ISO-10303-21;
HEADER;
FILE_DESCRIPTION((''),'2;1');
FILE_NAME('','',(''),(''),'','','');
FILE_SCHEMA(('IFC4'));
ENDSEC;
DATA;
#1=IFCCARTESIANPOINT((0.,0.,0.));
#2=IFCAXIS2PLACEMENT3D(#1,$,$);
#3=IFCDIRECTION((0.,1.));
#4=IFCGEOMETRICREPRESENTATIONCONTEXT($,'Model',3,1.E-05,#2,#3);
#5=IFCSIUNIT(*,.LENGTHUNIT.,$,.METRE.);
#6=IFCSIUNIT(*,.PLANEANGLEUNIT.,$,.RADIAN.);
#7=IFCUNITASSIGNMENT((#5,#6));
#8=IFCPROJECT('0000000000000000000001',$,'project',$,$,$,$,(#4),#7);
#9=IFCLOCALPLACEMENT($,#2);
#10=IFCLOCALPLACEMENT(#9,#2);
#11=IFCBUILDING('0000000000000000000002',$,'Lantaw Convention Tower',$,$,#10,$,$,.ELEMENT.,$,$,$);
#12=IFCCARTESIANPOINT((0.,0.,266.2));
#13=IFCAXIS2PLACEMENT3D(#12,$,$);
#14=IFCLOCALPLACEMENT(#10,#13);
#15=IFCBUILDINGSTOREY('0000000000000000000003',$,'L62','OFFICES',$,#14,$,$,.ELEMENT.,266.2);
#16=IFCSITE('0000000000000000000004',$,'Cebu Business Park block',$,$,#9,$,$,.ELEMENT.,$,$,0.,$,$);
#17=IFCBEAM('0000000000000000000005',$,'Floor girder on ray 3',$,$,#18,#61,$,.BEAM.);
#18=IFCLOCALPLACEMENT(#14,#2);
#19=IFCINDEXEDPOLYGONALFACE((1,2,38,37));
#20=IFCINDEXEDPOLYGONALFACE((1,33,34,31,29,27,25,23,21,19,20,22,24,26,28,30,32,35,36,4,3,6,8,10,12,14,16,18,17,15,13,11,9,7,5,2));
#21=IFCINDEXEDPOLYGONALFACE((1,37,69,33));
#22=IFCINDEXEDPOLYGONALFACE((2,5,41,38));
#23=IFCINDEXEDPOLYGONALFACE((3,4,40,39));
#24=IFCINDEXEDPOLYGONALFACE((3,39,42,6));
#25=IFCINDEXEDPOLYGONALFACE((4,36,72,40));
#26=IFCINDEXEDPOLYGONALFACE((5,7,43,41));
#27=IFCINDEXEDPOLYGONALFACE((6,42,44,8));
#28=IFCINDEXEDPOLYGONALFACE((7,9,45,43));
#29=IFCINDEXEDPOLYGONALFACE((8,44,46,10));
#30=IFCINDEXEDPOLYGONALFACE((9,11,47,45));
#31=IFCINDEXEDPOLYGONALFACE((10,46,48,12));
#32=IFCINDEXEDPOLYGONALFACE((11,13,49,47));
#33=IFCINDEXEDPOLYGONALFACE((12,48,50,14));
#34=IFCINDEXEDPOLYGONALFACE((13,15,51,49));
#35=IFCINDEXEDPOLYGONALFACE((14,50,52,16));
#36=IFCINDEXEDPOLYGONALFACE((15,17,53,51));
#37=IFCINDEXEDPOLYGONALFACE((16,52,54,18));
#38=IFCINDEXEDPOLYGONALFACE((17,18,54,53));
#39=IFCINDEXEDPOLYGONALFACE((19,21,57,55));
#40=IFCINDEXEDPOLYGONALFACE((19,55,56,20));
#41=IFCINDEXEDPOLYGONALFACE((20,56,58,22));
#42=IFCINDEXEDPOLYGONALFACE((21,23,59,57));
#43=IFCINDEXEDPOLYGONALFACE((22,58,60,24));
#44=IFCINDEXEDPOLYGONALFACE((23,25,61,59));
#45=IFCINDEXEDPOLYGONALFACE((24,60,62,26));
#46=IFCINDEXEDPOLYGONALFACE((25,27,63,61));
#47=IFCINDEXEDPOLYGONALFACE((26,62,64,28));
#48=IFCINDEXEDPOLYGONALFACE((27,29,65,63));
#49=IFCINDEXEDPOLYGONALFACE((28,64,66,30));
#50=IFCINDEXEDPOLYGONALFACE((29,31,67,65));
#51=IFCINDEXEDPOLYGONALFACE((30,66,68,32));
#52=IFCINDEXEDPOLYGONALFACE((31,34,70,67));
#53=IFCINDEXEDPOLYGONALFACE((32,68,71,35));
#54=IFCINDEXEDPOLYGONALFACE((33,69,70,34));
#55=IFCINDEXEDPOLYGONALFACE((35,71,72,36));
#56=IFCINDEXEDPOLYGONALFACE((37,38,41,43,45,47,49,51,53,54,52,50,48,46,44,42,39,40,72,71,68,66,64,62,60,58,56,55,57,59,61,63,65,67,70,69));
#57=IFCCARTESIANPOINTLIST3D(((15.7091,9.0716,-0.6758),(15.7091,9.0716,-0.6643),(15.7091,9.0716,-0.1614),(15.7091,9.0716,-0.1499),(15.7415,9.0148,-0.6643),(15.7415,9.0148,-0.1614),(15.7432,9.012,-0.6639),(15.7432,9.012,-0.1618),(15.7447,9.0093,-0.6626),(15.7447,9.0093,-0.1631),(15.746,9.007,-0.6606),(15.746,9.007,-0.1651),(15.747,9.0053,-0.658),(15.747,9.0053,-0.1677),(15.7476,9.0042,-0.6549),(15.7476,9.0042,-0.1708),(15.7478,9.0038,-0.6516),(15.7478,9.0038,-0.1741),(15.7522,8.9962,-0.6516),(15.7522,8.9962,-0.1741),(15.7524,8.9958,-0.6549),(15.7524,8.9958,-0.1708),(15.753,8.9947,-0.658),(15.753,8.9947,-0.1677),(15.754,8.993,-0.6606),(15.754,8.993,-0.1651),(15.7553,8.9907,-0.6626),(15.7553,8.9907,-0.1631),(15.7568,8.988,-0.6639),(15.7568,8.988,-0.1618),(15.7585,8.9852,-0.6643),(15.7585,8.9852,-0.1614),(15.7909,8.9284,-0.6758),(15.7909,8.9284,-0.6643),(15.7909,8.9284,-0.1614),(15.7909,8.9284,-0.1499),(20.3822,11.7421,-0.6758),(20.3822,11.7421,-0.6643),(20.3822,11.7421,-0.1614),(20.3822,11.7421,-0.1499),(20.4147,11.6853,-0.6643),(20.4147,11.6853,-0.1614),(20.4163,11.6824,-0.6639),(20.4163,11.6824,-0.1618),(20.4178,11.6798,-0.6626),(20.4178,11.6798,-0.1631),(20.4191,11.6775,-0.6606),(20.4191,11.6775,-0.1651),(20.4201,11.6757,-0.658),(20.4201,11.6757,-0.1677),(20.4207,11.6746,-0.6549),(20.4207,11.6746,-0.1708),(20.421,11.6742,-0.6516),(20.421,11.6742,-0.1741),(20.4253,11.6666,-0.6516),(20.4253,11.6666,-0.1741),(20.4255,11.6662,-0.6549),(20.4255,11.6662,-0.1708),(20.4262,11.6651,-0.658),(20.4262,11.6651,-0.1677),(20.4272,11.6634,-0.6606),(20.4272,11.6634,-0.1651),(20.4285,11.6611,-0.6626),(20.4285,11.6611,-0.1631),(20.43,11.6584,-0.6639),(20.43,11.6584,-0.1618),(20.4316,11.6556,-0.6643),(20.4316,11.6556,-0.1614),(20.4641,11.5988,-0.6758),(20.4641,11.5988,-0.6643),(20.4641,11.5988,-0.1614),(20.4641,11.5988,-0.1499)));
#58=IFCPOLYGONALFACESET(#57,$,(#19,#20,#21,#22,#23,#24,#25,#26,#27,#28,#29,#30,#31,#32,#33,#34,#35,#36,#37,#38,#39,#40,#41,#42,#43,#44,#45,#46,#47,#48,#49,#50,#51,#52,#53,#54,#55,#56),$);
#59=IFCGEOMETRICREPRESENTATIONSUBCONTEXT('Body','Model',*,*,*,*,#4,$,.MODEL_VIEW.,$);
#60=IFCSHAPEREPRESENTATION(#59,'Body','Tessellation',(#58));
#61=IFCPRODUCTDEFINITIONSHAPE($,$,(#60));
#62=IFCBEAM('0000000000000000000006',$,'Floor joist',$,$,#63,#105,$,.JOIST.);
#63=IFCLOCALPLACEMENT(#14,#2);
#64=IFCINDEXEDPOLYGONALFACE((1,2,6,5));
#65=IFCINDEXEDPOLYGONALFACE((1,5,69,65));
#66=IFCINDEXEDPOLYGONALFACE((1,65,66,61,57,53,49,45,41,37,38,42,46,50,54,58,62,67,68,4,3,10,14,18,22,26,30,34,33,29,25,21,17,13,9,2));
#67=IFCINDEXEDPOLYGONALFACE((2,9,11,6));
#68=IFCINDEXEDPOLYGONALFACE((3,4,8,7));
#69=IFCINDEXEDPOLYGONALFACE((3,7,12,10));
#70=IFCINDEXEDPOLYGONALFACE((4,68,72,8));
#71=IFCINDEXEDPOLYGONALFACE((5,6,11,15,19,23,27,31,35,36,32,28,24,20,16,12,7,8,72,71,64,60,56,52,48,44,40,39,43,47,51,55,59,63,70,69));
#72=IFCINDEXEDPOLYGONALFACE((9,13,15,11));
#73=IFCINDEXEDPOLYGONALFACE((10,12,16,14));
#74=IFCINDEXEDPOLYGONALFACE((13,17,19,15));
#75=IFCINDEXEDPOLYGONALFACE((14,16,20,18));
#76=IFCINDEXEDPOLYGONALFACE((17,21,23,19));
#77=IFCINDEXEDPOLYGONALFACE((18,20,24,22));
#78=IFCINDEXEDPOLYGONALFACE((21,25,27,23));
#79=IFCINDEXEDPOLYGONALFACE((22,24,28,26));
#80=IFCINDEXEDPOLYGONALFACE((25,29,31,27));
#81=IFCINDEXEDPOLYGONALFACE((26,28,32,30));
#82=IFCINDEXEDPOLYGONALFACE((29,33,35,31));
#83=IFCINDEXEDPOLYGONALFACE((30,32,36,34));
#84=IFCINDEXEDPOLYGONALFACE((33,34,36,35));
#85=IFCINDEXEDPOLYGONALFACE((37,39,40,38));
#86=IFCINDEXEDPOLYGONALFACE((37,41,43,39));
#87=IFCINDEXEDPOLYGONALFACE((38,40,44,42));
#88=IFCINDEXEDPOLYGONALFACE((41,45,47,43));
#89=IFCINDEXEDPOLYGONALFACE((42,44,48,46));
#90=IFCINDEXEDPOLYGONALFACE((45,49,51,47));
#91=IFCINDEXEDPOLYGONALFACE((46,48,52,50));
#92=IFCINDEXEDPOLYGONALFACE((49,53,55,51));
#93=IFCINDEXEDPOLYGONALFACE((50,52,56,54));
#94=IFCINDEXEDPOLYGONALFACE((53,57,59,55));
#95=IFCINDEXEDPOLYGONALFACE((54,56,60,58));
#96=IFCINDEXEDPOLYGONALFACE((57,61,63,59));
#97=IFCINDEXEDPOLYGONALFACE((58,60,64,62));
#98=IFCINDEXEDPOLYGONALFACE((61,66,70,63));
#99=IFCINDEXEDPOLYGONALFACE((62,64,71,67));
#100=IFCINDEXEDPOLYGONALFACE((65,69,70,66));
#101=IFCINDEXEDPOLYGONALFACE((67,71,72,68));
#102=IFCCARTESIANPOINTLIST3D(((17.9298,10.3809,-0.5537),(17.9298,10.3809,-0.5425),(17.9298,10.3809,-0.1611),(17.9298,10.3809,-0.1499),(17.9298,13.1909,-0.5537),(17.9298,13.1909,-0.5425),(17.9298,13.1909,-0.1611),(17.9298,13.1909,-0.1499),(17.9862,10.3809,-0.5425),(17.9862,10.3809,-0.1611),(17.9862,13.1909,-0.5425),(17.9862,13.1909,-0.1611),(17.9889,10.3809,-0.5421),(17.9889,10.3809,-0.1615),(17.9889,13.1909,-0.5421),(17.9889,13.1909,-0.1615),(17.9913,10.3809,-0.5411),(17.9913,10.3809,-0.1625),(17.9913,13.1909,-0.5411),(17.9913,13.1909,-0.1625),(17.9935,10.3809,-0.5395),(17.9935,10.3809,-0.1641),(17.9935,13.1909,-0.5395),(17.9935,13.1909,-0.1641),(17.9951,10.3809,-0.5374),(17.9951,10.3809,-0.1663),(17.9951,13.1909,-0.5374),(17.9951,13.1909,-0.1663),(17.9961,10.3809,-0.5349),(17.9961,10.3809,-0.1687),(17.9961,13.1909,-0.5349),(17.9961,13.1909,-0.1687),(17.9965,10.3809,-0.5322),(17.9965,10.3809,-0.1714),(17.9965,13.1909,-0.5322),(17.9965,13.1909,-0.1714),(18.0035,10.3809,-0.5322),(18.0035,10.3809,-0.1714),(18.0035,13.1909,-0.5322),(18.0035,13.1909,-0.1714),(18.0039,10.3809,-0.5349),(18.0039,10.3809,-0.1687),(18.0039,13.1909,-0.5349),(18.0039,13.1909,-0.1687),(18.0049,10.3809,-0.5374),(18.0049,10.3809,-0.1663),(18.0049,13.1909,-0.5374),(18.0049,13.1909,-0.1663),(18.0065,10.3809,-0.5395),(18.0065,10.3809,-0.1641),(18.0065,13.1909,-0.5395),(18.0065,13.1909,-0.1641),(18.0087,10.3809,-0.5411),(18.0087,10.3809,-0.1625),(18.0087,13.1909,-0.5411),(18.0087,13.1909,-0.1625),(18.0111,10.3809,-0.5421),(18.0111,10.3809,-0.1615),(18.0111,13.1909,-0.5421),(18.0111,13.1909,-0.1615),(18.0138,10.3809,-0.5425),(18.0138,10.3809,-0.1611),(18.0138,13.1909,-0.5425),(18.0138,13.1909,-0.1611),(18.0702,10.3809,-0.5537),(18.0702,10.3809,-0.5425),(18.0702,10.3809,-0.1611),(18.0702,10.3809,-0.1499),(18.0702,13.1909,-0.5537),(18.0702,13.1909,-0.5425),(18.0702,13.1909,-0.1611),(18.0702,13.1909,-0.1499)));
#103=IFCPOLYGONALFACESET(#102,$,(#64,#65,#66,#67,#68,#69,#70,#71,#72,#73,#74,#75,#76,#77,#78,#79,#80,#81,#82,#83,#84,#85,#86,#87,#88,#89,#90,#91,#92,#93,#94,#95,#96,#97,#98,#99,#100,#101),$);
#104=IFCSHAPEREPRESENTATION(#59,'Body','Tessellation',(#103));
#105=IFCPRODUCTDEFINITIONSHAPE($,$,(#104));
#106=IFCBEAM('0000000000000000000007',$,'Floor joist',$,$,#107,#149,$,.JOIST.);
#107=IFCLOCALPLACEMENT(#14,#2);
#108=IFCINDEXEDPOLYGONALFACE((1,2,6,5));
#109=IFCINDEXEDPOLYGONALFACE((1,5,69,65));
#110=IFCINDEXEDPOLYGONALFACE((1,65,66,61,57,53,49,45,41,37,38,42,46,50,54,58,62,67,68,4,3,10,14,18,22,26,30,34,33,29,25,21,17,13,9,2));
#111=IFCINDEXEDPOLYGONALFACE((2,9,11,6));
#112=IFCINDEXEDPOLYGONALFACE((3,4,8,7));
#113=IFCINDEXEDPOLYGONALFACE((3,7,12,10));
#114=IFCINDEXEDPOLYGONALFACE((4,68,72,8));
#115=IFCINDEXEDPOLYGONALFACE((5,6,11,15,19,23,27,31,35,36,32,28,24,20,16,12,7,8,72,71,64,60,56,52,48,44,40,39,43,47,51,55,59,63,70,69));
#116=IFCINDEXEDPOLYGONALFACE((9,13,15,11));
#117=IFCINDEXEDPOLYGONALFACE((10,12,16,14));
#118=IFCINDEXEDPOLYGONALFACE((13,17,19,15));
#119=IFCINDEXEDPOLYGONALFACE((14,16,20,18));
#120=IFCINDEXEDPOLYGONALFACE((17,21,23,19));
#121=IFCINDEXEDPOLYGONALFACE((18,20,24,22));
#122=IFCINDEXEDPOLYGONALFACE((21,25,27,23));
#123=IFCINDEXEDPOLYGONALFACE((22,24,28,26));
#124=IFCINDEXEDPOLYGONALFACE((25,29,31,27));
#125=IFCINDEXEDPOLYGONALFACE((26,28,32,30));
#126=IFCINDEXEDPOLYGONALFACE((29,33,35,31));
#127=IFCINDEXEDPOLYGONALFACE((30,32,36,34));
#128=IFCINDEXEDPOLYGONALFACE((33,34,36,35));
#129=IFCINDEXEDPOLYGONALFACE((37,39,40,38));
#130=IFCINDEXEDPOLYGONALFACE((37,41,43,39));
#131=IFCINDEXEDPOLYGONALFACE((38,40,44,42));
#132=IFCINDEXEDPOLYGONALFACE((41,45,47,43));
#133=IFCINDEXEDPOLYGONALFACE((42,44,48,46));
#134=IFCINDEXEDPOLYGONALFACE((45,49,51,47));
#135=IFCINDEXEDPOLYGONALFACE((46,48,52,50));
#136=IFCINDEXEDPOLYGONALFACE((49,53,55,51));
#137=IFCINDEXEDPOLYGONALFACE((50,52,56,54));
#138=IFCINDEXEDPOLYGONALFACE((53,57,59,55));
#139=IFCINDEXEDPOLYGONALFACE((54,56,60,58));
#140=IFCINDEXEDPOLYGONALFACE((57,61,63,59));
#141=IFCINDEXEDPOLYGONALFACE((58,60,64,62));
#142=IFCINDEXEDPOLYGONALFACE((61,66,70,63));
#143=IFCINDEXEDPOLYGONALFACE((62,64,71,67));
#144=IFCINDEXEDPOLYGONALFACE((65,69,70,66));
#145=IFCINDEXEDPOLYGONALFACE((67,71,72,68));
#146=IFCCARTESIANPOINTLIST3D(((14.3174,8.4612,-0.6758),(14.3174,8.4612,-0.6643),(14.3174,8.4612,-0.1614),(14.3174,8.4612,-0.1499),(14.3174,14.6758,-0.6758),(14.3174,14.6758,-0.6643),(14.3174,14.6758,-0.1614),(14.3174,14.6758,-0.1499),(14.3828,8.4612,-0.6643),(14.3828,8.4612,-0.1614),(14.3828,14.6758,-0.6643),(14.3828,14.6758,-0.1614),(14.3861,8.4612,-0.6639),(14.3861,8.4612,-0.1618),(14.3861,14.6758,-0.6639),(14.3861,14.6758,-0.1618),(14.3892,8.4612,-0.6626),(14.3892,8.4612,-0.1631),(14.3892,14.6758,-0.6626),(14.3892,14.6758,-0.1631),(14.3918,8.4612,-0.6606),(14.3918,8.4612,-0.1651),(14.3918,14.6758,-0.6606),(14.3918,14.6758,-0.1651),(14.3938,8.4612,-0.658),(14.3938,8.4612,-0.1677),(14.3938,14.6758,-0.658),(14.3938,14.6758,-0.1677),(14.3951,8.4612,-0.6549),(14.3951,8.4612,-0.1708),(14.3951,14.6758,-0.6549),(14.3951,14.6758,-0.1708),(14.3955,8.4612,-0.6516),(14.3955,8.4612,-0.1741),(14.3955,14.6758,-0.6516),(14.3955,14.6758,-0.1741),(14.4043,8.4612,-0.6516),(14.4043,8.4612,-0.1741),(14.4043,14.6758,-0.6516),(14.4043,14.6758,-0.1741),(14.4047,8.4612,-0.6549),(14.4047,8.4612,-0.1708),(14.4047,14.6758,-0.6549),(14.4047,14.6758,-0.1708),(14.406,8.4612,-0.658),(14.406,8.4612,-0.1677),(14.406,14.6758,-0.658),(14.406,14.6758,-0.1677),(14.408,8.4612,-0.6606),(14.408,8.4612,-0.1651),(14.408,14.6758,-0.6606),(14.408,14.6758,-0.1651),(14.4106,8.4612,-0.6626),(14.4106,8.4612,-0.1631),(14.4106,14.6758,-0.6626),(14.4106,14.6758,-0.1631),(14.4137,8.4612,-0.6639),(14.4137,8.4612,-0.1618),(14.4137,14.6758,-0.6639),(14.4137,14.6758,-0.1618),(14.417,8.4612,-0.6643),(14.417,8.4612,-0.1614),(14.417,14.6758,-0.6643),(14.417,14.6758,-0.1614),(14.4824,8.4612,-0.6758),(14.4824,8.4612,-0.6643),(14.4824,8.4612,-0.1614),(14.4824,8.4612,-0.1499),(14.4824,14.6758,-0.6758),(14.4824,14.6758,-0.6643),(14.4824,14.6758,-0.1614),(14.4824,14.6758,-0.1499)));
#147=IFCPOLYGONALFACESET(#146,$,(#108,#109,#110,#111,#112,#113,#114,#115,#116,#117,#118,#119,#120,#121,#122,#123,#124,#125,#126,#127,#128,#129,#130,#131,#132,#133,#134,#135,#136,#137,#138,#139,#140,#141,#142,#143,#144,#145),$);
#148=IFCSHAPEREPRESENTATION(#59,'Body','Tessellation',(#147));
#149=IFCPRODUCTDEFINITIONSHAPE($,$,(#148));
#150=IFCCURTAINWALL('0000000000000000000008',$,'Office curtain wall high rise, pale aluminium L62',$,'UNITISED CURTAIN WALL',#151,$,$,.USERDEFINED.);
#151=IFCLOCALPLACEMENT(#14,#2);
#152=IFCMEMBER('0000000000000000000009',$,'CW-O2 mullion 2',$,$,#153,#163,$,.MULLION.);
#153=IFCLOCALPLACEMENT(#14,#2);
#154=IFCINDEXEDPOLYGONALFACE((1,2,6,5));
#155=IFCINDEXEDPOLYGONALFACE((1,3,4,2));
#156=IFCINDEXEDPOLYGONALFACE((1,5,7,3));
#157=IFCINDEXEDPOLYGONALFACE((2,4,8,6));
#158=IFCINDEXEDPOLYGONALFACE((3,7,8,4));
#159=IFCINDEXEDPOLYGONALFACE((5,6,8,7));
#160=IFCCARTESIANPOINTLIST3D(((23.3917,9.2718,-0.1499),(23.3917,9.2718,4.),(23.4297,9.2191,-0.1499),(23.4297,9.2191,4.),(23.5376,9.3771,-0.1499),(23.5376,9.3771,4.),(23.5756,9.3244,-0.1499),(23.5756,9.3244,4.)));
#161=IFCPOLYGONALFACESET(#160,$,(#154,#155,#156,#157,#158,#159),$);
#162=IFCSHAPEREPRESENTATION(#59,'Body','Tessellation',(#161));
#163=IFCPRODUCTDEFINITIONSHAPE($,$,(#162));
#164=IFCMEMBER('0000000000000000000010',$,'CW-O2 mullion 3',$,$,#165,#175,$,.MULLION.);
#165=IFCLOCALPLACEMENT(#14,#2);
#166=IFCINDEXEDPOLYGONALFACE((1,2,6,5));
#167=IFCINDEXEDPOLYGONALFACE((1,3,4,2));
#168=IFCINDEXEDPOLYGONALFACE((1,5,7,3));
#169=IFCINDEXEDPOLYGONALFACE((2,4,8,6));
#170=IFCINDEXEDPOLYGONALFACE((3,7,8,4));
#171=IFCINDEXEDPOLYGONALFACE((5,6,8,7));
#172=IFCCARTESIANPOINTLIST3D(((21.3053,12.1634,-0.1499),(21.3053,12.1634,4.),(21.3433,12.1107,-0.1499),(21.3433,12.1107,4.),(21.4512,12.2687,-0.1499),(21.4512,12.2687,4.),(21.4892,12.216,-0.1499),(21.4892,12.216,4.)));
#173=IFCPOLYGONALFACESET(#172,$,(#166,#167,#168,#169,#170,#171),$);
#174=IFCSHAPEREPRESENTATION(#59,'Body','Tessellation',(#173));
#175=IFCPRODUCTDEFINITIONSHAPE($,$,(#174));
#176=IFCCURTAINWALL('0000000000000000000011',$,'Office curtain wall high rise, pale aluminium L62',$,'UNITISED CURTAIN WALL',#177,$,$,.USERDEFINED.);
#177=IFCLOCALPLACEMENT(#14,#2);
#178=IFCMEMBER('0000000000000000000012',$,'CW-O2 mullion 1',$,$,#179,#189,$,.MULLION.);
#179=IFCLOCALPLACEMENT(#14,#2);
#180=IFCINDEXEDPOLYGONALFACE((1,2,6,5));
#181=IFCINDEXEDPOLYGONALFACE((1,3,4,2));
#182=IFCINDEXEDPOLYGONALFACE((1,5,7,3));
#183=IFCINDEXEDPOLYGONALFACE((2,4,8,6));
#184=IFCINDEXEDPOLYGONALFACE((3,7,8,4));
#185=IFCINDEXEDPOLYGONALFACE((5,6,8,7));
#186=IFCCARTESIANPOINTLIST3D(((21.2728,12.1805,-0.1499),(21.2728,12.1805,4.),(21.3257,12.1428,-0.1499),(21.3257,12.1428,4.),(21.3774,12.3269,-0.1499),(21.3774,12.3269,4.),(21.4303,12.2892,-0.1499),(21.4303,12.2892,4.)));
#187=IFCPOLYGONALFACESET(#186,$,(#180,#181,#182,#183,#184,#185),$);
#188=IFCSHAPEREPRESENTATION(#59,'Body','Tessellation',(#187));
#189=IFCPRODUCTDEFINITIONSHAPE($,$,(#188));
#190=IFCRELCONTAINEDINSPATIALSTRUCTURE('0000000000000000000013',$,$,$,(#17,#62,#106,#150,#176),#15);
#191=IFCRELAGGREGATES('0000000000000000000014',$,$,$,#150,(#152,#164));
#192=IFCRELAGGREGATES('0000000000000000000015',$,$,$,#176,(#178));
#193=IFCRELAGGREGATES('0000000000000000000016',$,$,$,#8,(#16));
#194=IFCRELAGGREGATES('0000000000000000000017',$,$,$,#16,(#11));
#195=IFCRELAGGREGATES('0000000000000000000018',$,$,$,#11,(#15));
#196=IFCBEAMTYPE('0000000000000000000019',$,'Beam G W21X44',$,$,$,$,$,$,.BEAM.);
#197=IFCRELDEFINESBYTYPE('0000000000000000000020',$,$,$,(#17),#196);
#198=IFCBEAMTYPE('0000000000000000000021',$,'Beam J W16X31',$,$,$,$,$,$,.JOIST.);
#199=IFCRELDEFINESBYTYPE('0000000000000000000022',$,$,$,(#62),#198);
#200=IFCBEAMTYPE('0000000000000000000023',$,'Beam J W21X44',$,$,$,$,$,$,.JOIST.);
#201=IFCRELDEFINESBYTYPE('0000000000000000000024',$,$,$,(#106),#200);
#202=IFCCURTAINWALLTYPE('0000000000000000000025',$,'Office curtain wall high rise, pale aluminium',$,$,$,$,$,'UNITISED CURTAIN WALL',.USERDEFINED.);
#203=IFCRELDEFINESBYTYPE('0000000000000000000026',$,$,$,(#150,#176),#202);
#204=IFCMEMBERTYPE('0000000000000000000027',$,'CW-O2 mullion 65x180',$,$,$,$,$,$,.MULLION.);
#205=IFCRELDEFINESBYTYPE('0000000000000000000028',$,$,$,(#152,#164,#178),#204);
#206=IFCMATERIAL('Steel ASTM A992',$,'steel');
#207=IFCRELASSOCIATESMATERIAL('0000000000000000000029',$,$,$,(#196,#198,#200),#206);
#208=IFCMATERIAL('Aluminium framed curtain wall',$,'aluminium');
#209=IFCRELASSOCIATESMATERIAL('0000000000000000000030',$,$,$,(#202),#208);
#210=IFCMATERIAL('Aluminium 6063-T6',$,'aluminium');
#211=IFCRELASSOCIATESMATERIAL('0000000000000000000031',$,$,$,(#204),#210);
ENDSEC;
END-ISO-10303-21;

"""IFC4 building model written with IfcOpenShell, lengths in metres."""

from ifc_helpers import new_model, si_unit, direction, frame, origin, origin_2d, place, context, subcontext, project, spatial, rectangle, i_section, extrude, material, material_profile, profile_set, type_object, element, aggregate, save


model = new_model("IFC4")

# Units and contexts
model_context = context("Model", 3, precision=1e-05, world=origin(), true_north=direction((0.0, 1.0)))
body_context = subcontext(model_context, "Body", "Model", "MODEL_VIEW")
ifc_project = project(units=[si_unit("LENGTHUNIT", "METRE"), si_unit("PLANEANGLEUNIT", "RADIAN")], contexts=[model_context])

# Site, building, storey
site_placement = place(None, origin())
site = spatial("IfcSite", under=ifc_project, at=site_placement, Name="Cebu Business Park block", CompositionType="ELEMENT", RefElevation=0.0)
building_placement = place(site_placement, origin())
building = spatial("IfcBuilding", under=site, at=building_placement, Name="Lantaw Convention Tower", CompositionType="ELEMENT")
storey_placement = place(building_placement, frame((0.0, 0.0, 266.2)))
storey = spatial("IfcBuildingStorey", under=building, at=storey_placement, Name="L62", Description="OFFICES", CompositionType="ELEMENT", Elevation=266.2)

# Beams
ifc_material_1 = material(Name="Steel ASTM A992", Category="steel")
ifc_material_profile_1 = material_profile(ifc_material_1, i_section(OverallWidth=0.165, OverallDepth=0.5259, WebThickness=0.0088, FlangeThickness=0.0115, FilletRadius=0.0127, at=origin_2d()), Name="W21X44")
ifc_profile_set_1 = profile_set([ifc_material_profile_1], Name="Steel ASTM A992")
beam_type_1 = type_object("IfcBeamType", Name="Beam G W21X44", PredefinedType="BEAM", material=ifc_profile_set_1)
beam_1_placement = place(storey_placement, frame((15.75, 9.0, -0.4128), z_axis=(0.868238, 0.496149, 0.0), x_axis=(-0.496149, 0.868238, 0.0)))
element("IfcBeam", 1, at=beam_1_placement, inside=storey, type_object=beam_type_1, Name="Floor girder on ray 3", PredefinedType="BEAM", context=body_context, shape_type="SweptSolid", body=[
    extrude(i_section(OverallWidth=0.165, OverallDepth=0.5259, WebThickness=0.0088, FlangeThickness=0.0115, FilletRadius=0.0127, at=origin_2d()), origin(), (0.0, 0.0, 1.0), 5.3823),
])
ifc_material_profile_2 = material_profile(ifc_material_1, i_section(OverallWidth=0.1404, OverallDepth=0.4038, WebThickness=0.0071, FlangeThickness=0.0112, FilletRadius=0.0103, at=origin_2d()), Name="W16X31")
ifc_profile_set_2 = profile_set([ifc_material_profile_2], Name="Steel ASTM A992")
beam_type_2 = type_object("IfcBeamType", Name="Beam J W16X31", PredefinedType="JOIST", material=ifc_profile_set_2)
beam_2_placement = place(storey_placement, frame((18.0, 10.3809, -0.3518), z_axis=(0.0, 1.0, 0.0), x_axis=(-1.0, 0.0, 0.0)))
element("IfcBeam", 2, at=beam_2_placement, inside=storey, type_object=beam_type_2, Name="Floor joist", PredefinedType="JOIST", context=body_context, shape_type="SweptSolid", body=[
    extrude(i_section(OverallWidth=0.1404, OverallDepth=0.4038, WebThickness=0.0071, FlangeThickness=0.0112, FilletRadius=0.0103, at=origin_2d()), origin(), (0.0, 0.0, 1.0), 2.8101),
])
ifc_material_profile_3 = material_profile(ifc_material_1, i_section(OverallWidth=0.165, OverallDepth=0.5259, WebThickness=0.0088, FlangeThickness=0.0115, FilletRadius=0.0127, at=origin_2d()), Name="W21X44")
ifc_profile_set_3 = profile_set([ifc_material_profile_3], Name="Steel ASTM A992")
beam_type_3 = type_object("IfcBeamType", Name="Beam J W21X44", PredefinedType="JOIST", material=ifc_profile_set_3)
beam_3_placement = place(storey_placement, frame((14.3999, 8.4612, -0.4128), z_axis=(0.0, 1.0, 0.0), x_axis=(-1.0, 0.0, 0.0)))
element("IfcBeam", 3, at=beam_3_placement, inside=storey, type_object=beam_type_3, Name="Floor joist", PredefinedType="JOIST", context=body_context, shape_type="SweptSolid", body=[
    extrude(i_section(OverallWidth=0.165, OverallDepth=0.5259, WebThickness=0.0088, FlangeThickness=0.0115, FilletRadius=0.0127, at=origin_2d()), origin(), (0.0, 0.0, 1.0), 6.2146),
])

# Curtain walls, members
ifc_material_2 = material(Name="Aluminium framed curtain wall", Category="aluminium")
curtain_wall_type = type_object("IfcCurtainWallType", Name="Office curtain wall high rise, pale aluminium", ElementType="UNITISED CURTAIN WALL", PredefinedType="USERDEFINED", material=ifc_material_2)
curtain_wall_1_placement = place(storey_placement, origin())
curtain_wall_1 = element("IfcCurtainWall", 4, at=curtain_wall_1_placement, inside=storey, type_object=curtain_wall_type, Name="Office curtain wall high rise, pale aluminium L62", ObjectType="UNITISED CURTAIN WALL", PredefinedType="USERDEFINED")
ifc_material_3 = material(Name="Aluminium 6063-T6", Category="aluminium")
ifc_material_profile_4 = material_profile(ifc_material_3, rectangle(XDim=0.1799, YDim=0.0649, at=origin_2d()), Name="CW-O2 mullion 65x180")
ifc_profile_set_4 = profile_set([ifc_material_profile_4], Name="Aluminium 6063-T6")
member_type_1 = type_object("IfcMemberType", Name="CW-O2 mullion 65x180", PredefinedType="MULLION", material=ifc_profile_set_4)
member_1_placement = place(storey_placement, frame((23.4836, 9.2981, -0.1499), z_axis=(0.0, 0.0, 1.0), x_axis=(-0.81092, -0.585158, 0.0)))
member_1 = element("IfcMember", 5, at=member_1_placement, type_object=member_type_1, Name="CW-O2 mullion 2", PredefinedType="MULLION", context=body_context, shape_type="SweptSolid", body=[
    extrude(rectangle(XDim=0.1799, YDim=0.0649, at=origin_2d()), origin(), (0.0, 0.0, 1.0), 4.1499),
])
member_2_placement = place(storey_placement, frame((21.3972, 12.1897, -0.1499), z_axis=(0.0, 0.0, 1.0), x_axis=(-0.81092, -0.585158, 0.0)))
member_2 = element("IfcMember", 6, at=member_2_placement, type_object=member_type_1, Name="CW-O2 mullion 3", PredefinedType="MULLION", context=body_context, shape_type="SweptSolid", body=[
    extrude(rectangle(XDim=0.1799, YDim=0.0649, at=origin_2d()), origin(), (0.0, 0.0, 1.0), 4.1499),
])
curtain_wall_2_placement = place(storey_placement, origin())
curtain_wall_2 = element("IfcCurtainWall", 7, at=curtain_wall_2_placement, inside=storey, type_object=curtain_wall_type, Name="Office curtain wall high rise, pale aluminium L62", ObjectType="UNITISED CURTAIN WALL", PredefinedType="USERDEFINED")
member_3_placement = place(storey_placement, frame((21.3516, 12.2349, -0.1499), z_axis=(0.0, 0.0, 1.0), x_axis=(-0.581323, -0.813673, 0.0)))
member_3 = element("IfcMember", 8, at=member_3_placement, type_object=member_type_1, Name="CW-O2 mullion 1", PredefinedType="MULLION", context=body_context, shape_type="SweptSolid", body=[
    extrude(rectangle(XDim=0.1799, YDim=0.0649, at=origin_2d()), origin(), (0.0, 0.0, 1.0), 4.1499),
])

aggregate(curtain_wall_1, [member_1, member_2])
aggregate(curtain_wall_2, [member_3])

save(model, "model.ifc")
